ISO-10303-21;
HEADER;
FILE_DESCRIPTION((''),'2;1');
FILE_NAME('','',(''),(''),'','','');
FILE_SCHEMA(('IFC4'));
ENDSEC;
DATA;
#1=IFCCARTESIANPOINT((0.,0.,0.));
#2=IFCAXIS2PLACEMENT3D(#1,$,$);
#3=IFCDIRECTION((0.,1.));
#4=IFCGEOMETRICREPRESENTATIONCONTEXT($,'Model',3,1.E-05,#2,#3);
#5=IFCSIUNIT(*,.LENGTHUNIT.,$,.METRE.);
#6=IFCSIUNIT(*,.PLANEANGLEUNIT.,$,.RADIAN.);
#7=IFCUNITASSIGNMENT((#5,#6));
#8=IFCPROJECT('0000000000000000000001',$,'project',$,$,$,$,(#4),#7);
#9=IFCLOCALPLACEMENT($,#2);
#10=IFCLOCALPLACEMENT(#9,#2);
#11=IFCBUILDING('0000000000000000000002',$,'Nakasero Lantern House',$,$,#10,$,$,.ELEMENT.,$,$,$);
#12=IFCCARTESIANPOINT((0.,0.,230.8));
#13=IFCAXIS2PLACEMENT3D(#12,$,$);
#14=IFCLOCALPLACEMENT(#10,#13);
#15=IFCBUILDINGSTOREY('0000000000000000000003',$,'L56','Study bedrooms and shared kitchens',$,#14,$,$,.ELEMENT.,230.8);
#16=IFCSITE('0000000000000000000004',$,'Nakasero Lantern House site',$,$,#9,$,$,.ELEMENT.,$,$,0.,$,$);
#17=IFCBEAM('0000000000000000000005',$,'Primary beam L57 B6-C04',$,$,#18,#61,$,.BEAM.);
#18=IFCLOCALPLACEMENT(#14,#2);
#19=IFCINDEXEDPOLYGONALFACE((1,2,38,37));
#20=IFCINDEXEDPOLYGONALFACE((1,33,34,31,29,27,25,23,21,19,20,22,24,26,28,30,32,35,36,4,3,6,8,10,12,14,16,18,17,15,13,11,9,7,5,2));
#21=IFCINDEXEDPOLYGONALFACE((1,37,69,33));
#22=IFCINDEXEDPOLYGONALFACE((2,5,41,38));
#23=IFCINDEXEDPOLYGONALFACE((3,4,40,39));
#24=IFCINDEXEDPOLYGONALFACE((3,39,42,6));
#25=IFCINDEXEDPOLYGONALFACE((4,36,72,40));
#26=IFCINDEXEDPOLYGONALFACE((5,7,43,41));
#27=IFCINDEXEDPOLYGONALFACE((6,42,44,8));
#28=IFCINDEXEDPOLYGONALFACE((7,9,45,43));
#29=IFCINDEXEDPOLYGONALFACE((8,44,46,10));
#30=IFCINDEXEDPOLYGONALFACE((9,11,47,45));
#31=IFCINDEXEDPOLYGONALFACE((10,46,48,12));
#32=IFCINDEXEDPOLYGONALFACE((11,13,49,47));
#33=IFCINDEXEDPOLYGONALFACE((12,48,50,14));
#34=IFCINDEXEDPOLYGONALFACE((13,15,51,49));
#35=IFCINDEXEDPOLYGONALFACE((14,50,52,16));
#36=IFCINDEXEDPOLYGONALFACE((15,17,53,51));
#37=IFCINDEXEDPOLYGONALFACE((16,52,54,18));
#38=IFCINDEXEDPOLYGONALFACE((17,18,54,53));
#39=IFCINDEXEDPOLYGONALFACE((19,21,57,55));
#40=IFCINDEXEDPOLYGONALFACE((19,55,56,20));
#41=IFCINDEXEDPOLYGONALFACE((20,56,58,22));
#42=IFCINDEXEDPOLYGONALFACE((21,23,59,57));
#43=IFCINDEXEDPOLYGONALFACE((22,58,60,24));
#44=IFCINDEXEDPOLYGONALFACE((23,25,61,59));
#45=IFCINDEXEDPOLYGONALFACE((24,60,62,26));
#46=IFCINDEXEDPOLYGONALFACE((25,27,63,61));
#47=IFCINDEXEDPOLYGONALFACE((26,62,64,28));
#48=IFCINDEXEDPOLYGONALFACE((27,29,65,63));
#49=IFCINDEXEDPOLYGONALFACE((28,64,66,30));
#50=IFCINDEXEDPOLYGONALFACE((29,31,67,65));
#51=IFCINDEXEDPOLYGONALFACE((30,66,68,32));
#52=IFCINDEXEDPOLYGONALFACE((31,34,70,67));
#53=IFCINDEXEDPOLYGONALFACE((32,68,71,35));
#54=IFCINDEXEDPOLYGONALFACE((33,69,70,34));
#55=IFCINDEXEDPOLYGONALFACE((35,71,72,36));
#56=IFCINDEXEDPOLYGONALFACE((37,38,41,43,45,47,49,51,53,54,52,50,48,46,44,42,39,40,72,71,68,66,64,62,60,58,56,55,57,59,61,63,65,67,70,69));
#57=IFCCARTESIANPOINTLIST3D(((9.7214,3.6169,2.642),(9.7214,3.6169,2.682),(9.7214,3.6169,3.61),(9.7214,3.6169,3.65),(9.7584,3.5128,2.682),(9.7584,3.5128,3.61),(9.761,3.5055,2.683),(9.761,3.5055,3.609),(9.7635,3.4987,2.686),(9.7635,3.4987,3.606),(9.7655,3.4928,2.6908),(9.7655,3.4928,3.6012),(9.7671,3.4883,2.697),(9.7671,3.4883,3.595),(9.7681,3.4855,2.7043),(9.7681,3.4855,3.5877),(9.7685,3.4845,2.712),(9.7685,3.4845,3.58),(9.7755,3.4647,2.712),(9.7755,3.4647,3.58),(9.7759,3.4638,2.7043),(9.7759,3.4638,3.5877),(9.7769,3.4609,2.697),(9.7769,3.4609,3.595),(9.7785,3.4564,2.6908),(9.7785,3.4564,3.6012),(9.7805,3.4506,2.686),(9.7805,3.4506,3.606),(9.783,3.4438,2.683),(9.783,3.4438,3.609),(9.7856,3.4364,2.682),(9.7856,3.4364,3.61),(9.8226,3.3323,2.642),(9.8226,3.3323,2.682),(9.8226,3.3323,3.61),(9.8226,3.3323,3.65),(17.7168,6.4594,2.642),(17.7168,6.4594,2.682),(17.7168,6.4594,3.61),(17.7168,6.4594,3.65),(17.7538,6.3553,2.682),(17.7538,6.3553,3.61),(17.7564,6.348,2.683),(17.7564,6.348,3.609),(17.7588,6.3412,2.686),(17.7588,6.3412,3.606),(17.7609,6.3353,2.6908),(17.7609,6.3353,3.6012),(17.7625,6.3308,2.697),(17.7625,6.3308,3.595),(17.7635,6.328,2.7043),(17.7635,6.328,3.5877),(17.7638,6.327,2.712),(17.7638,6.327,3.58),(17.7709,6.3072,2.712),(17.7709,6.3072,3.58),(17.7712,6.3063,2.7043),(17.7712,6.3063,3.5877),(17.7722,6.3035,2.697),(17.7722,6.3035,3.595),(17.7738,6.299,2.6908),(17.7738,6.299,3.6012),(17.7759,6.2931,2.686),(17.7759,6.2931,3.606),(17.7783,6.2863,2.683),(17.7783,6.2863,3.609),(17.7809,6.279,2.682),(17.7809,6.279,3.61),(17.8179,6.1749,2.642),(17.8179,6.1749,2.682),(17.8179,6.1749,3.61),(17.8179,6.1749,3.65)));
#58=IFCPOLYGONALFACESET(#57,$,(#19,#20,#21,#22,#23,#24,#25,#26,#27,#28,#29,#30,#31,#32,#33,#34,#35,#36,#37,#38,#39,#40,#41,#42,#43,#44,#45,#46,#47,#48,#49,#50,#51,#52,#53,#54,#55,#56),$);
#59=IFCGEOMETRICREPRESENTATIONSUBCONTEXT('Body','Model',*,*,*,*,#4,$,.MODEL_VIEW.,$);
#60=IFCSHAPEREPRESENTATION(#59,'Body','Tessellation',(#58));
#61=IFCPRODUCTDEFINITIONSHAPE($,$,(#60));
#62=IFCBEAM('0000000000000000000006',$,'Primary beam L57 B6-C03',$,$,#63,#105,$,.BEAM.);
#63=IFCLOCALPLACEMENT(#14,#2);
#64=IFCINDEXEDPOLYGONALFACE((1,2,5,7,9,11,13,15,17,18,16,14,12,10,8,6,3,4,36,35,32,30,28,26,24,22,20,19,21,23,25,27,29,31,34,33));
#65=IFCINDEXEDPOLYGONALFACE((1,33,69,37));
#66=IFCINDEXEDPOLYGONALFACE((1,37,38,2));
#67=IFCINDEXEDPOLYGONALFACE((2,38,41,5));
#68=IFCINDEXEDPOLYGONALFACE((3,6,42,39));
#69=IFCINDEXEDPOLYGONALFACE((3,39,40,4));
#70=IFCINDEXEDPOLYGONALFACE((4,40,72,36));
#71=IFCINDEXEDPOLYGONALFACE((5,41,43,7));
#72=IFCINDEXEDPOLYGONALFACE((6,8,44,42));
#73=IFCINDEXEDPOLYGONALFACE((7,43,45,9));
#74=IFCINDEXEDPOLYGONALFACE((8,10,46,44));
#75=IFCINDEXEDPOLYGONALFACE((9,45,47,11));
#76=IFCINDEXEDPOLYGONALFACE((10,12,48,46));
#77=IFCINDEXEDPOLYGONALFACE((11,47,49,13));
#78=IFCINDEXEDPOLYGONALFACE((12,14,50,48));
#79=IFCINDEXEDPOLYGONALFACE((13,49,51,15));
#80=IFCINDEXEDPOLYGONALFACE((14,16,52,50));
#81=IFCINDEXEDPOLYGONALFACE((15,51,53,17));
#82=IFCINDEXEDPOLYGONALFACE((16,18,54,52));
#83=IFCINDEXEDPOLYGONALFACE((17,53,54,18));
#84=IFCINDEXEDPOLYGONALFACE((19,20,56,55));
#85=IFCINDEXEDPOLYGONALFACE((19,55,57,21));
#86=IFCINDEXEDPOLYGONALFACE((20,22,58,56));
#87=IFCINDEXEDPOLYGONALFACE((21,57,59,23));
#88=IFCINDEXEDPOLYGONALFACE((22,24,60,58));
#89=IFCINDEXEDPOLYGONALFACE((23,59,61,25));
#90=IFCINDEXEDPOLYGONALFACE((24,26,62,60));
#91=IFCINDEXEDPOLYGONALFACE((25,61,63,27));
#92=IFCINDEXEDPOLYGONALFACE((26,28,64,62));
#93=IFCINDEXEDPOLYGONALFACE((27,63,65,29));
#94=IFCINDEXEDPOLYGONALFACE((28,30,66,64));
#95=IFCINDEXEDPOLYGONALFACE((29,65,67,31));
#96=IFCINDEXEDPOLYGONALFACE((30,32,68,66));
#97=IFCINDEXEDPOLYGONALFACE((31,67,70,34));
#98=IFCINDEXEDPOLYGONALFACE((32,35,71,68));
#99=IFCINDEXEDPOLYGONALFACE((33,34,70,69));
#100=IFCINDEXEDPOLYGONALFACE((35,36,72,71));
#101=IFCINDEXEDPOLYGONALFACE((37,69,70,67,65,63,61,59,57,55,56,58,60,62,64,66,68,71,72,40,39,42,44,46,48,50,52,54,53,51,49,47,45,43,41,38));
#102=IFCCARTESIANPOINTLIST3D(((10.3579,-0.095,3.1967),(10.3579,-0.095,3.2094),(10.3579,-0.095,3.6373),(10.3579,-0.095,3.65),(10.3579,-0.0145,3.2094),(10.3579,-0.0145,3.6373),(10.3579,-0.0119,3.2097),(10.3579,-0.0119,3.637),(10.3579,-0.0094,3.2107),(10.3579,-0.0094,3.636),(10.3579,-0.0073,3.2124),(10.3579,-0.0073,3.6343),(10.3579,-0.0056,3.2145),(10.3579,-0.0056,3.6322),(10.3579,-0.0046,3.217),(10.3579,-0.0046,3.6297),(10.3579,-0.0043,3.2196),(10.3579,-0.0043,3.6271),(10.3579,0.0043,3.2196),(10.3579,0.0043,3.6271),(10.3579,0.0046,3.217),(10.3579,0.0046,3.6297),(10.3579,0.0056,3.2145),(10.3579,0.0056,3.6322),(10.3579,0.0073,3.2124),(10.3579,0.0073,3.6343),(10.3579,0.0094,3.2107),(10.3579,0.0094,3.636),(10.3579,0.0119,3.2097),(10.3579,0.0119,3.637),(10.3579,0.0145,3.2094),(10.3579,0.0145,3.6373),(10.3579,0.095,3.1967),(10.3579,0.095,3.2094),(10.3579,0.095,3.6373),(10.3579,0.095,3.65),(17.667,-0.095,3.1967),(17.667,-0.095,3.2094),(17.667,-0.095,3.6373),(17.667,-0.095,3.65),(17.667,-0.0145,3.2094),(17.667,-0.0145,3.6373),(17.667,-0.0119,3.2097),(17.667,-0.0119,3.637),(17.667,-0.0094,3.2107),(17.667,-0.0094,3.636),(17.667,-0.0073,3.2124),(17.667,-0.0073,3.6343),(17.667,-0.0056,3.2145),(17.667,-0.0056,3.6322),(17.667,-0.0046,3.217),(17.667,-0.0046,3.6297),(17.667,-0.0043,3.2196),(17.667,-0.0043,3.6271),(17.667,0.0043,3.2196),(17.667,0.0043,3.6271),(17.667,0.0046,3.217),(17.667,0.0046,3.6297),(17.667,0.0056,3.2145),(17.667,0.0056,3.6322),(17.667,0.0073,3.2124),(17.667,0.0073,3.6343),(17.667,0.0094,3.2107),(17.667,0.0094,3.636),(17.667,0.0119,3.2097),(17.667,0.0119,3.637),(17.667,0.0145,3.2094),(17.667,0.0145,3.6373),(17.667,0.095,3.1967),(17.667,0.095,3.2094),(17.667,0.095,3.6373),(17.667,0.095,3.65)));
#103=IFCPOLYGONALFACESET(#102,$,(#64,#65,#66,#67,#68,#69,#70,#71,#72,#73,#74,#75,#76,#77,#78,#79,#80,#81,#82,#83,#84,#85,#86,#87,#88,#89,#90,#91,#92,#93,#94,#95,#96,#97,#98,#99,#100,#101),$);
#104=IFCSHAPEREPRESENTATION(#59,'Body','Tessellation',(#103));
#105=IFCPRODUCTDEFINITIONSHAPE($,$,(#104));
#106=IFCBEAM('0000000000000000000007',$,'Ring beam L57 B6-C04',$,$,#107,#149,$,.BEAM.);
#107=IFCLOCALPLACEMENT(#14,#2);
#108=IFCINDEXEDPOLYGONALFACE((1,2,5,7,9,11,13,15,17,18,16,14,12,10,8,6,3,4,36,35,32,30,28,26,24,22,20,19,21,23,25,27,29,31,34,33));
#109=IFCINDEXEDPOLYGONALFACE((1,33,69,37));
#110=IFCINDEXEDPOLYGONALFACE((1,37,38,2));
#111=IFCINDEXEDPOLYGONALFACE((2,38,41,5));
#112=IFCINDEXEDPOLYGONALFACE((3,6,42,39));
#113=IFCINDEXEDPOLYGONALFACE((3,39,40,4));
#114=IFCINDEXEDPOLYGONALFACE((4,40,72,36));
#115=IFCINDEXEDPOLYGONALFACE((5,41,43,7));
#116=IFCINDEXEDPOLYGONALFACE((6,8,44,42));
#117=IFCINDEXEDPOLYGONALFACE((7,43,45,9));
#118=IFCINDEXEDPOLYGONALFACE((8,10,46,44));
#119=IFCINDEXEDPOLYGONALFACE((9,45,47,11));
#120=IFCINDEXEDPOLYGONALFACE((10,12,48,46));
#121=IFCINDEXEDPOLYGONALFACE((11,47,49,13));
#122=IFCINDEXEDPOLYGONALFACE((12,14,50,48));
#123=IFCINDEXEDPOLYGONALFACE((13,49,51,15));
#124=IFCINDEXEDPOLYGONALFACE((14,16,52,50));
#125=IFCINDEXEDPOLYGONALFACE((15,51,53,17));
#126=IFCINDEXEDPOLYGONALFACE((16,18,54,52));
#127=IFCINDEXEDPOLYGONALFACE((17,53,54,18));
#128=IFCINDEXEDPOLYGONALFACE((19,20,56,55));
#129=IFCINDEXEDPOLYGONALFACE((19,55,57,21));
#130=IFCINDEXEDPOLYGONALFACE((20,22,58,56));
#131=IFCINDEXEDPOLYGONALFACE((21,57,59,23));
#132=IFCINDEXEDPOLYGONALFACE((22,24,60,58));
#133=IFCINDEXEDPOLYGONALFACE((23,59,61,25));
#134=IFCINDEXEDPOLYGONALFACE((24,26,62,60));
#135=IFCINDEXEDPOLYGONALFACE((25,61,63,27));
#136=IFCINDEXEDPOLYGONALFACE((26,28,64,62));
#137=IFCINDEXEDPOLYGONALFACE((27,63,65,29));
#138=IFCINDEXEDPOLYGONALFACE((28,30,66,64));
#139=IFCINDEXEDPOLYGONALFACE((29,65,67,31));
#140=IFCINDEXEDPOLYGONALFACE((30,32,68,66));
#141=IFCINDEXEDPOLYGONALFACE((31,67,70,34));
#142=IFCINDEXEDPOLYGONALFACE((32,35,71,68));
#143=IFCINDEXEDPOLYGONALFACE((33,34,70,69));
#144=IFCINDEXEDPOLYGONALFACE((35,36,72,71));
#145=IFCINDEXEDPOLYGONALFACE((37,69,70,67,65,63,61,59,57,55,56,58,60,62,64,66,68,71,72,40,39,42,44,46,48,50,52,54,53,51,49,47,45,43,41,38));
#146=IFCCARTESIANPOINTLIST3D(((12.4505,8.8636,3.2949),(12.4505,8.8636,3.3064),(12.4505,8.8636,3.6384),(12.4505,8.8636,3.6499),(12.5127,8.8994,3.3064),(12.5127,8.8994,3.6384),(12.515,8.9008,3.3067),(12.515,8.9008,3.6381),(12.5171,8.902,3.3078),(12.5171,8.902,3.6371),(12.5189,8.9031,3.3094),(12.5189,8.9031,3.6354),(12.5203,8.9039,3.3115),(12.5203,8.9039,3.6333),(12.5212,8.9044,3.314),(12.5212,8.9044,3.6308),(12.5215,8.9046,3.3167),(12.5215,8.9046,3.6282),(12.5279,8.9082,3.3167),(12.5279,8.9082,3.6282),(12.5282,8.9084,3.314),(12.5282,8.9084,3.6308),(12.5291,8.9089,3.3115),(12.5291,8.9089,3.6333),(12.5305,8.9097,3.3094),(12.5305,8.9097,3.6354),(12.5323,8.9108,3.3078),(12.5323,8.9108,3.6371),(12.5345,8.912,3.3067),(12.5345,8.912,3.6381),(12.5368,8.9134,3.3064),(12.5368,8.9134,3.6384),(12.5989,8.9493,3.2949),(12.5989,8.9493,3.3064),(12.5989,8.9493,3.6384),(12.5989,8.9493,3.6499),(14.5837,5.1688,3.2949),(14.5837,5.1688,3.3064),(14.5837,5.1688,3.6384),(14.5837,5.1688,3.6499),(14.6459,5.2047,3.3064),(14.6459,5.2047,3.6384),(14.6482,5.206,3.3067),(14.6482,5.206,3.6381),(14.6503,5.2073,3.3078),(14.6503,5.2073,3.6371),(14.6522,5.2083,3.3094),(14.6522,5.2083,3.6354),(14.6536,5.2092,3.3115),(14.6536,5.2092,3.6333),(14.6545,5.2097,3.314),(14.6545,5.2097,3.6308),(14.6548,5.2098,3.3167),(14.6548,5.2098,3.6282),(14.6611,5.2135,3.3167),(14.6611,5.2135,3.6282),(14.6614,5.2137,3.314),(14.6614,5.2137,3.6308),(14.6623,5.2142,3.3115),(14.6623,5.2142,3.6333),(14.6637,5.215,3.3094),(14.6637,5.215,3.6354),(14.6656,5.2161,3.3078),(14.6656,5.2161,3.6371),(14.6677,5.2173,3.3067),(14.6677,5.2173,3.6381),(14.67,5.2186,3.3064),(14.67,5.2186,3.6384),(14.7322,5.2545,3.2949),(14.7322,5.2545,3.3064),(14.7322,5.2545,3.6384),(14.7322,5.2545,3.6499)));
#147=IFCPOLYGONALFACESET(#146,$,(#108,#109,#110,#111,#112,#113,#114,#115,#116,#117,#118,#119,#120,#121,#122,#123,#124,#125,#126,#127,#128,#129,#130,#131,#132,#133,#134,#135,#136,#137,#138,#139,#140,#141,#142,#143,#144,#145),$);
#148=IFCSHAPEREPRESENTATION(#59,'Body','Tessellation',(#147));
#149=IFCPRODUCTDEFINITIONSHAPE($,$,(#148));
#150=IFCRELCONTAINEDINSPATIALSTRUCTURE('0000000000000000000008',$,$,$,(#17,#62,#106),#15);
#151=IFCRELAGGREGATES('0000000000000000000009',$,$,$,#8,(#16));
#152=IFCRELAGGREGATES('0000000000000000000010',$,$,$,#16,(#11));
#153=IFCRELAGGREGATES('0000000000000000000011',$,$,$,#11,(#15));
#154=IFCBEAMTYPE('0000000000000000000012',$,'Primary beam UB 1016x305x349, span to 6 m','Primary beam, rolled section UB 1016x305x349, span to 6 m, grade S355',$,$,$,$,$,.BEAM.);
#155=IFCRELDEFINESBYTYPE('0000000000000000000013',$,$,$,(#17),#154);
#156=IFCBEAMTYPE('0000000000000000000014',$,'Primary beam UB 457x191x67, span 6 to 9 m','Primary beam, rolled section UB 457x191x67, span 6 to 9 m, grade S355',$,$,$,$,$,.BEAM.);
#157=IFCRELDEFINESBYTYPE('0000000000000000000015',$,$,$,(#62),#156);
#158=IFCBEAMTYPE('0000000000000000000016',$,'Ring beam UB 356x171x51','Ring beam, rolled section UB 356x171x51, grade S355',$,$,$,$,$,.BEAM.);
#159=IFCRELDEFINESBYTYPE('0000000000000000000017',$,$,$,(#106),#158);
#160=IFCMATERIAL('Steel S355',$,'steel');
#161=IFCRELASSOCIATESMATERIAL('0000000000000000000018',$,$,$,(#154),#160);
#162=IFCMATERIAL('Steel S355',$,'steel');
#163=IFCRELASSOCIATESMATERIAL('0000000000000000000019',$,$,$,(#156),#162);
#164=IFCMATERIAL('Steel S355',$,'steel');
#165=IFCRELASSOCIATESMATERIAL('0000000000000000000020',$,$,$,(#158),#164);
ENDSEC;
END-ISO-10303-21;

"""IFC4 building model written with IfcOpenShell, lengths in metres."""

from ifc_helpers import new_model, si_unit, direction, frame, origin, origin_2d, place, context, subcontext, project, spatial, i_section, extrude, material, material_profile, profile_set, type_object, element, save


model = new_model("IFC4")

# Units and contexts
model_context = context("Model", 3, precision=1e-05, world=origin(), true_north=direction((0.0, 1.0)))
body_context = subcontext(model_context, "Body", "Model", "MODEL_VIEW")
ifc_project = project(units=[si_unit("LENGTHUNIT", "METRE"), si_unit("PLANEANGLEUNIT", "RADIAN")], contexts=[model_context])

# Site, building, storey
site_placement = place(None, origin())
site = spatial("IfcSite", under=ifc_project, at=site_placement, Name="Nakasero Lantern House site", CompositionType="ELEMENT", RefElevation=0.0)
building_placement = place(site_placement, origin())
building = spatial("IfcBuilding", under=site, at=building_placement, Name="Nakasero Lantern House", CompositionType="ELEMENT")
storey_placement = place(building_placement, frame((0.0, 0.0, 230.8)))
storey = spatial("IfcBuildingStorey", under=building, at=storey_placement, Name="L56", Description="Study bedrooms and shared kitchens", CompositionType="ELEMENT", Elevation=230.8)

# Beams
ifc_material_1 = material(Name="Steel S355", Category="steel")
ifc_material_profile_1 = material_profile(ifc_material_1, i_section(OverallWidth=0.302, OverallDepth=1.0081, WebThickness=0.021, FlangeThickness=0.04, FilletRadius=0.03, at=origin_2d()), Name="UB 1016x305x349")
ifc_profile_set_1 = profile_set([ifc_material_profile_1], Name="Steel S355")
beam_type_1 = type_object("IfcBeamType", Name="Primary beam UB 1016x305x349, span to 6 m", Description="Primary beam, rolled section UB 1016x305x349, span to 6 m, grade S355", PredefinedType="BEAM", material=ifc_profile_set_1)
beam_1_placement = place(storey_placement, frame((17.7673, 6.3171, 3.146), z_axis=(-0.942225, -0.334982, 0.0), x_axis=(0.334982, -0.942225, 0.0)))
element("IfcBeam", 1, at=beam_1_placement, inside=storey, type_object=beam_type_1, Name="Primary beam L57 B6-C04", PredefinedType="BEAM", context=body_context, shape_type="SweptSolid", body=[
    extrude(i_section(OverallWidth=0.302, OverallDepth=1.0081, WebThickness=0.021, FlangeThickness=0.04, FilletRadius=0.03, at=origin_2d()), origin(), (0.0, 0.0, 1.0), 8.4856),
])
ifc_material_2 = material(Name="Steel S355", Category="steel")
ifc_material_profile_2 = material_profile(ifc_material_2, i_section(OverallWidth=0.1899, OverallDepth=0.4534, WebThickness=0.0085, FlangeThickness=0.0127, FilletRadius=0.0103, at=origin_2d()), Name="UB 457x191x67")
ifc_profile_set_2 = profile_set([ifc_material_profile_2], Name="Steel S355")
beam_type_2 = type_object("IfcBeamType", Name="Primary beam UB 457x191x67, span 6 to 9 m", Description="Primary beam, rolled section UB 457x191x67, span 6 to 9 m, grade S355", PredefinedType="BEAM", material=ifc_profile_set_2)
beam_2_placement = place(storey_placement, frame((17.667, 0.0, 3.4233), z_axis=(-1.0, 0.0, 0.0), x_axis=(0.0, -1.0, 0.0)))
element("IfcBeam", 2, at=beam_2_placement, inside=storey, type_object=beam_type_2, Name="Primary beam L57 B6-C03", PredefinedType="BEAM", context=body_context, shape_type="SweptSolid", body=[
    extrude(i_section(OverallWidth=0.1899, OverallDepth=0.4534, WebThickness=0.0085, FlangeThickness=0.0127, FilletRadius=0.0103, at=origin_2d()), origin(), (0.0, 0.0, 1.0), 7.3091),
])
ifc_material_3 = material(Name="Steel S355", Category="steel")
ifc_material_profile_3 = material_profile(ifc_material_3, i_section(OverallWidth=0.1714, OverallDepth=0.355, WebThickness=0.0073, FlangeThickness=0.0115, FilletRadius=0.0103, at=origin_2d()), Name="UB 356x171x51")
ifc_profile_set_3 = profile_set([ifc_material_profile_3], Name="Steel S355")
beam_type_3 = type_object("IfcBeamType", Name="Ring beam UB 356x171x51", Description="Ring beam, rolled section UB 356x171x51, grade S355", PredefinedType="BEAM", material=ifc_profile_set_3)
beam_3_placement = place(storey_placement, frame((14.658, 5.2117, 3.4724), z_axis=(-0.500016, 0.866016, 0.0), x_axis=(-0.866016, -0.500016, 0.0)))
element("IfcBeam", 3, at=beam_3_placement, inside=storey, type_object=beam_type_3, Name="Ring beam L57 B6-C04", PredefinedType="BEAM", context=body_context, shape_type="SweptSolid", body=[
    extrude(i_section(OverallWidth=0.1714, OverallDepth=0.355, WebThickness=0.0073, FlangeThickness=0.0115, FilletRadius=0.0103, at=origin_2d()), origin(), (0.0, 0.0, 1.0), 4.2664),
])

save(model, "model.ifc")
